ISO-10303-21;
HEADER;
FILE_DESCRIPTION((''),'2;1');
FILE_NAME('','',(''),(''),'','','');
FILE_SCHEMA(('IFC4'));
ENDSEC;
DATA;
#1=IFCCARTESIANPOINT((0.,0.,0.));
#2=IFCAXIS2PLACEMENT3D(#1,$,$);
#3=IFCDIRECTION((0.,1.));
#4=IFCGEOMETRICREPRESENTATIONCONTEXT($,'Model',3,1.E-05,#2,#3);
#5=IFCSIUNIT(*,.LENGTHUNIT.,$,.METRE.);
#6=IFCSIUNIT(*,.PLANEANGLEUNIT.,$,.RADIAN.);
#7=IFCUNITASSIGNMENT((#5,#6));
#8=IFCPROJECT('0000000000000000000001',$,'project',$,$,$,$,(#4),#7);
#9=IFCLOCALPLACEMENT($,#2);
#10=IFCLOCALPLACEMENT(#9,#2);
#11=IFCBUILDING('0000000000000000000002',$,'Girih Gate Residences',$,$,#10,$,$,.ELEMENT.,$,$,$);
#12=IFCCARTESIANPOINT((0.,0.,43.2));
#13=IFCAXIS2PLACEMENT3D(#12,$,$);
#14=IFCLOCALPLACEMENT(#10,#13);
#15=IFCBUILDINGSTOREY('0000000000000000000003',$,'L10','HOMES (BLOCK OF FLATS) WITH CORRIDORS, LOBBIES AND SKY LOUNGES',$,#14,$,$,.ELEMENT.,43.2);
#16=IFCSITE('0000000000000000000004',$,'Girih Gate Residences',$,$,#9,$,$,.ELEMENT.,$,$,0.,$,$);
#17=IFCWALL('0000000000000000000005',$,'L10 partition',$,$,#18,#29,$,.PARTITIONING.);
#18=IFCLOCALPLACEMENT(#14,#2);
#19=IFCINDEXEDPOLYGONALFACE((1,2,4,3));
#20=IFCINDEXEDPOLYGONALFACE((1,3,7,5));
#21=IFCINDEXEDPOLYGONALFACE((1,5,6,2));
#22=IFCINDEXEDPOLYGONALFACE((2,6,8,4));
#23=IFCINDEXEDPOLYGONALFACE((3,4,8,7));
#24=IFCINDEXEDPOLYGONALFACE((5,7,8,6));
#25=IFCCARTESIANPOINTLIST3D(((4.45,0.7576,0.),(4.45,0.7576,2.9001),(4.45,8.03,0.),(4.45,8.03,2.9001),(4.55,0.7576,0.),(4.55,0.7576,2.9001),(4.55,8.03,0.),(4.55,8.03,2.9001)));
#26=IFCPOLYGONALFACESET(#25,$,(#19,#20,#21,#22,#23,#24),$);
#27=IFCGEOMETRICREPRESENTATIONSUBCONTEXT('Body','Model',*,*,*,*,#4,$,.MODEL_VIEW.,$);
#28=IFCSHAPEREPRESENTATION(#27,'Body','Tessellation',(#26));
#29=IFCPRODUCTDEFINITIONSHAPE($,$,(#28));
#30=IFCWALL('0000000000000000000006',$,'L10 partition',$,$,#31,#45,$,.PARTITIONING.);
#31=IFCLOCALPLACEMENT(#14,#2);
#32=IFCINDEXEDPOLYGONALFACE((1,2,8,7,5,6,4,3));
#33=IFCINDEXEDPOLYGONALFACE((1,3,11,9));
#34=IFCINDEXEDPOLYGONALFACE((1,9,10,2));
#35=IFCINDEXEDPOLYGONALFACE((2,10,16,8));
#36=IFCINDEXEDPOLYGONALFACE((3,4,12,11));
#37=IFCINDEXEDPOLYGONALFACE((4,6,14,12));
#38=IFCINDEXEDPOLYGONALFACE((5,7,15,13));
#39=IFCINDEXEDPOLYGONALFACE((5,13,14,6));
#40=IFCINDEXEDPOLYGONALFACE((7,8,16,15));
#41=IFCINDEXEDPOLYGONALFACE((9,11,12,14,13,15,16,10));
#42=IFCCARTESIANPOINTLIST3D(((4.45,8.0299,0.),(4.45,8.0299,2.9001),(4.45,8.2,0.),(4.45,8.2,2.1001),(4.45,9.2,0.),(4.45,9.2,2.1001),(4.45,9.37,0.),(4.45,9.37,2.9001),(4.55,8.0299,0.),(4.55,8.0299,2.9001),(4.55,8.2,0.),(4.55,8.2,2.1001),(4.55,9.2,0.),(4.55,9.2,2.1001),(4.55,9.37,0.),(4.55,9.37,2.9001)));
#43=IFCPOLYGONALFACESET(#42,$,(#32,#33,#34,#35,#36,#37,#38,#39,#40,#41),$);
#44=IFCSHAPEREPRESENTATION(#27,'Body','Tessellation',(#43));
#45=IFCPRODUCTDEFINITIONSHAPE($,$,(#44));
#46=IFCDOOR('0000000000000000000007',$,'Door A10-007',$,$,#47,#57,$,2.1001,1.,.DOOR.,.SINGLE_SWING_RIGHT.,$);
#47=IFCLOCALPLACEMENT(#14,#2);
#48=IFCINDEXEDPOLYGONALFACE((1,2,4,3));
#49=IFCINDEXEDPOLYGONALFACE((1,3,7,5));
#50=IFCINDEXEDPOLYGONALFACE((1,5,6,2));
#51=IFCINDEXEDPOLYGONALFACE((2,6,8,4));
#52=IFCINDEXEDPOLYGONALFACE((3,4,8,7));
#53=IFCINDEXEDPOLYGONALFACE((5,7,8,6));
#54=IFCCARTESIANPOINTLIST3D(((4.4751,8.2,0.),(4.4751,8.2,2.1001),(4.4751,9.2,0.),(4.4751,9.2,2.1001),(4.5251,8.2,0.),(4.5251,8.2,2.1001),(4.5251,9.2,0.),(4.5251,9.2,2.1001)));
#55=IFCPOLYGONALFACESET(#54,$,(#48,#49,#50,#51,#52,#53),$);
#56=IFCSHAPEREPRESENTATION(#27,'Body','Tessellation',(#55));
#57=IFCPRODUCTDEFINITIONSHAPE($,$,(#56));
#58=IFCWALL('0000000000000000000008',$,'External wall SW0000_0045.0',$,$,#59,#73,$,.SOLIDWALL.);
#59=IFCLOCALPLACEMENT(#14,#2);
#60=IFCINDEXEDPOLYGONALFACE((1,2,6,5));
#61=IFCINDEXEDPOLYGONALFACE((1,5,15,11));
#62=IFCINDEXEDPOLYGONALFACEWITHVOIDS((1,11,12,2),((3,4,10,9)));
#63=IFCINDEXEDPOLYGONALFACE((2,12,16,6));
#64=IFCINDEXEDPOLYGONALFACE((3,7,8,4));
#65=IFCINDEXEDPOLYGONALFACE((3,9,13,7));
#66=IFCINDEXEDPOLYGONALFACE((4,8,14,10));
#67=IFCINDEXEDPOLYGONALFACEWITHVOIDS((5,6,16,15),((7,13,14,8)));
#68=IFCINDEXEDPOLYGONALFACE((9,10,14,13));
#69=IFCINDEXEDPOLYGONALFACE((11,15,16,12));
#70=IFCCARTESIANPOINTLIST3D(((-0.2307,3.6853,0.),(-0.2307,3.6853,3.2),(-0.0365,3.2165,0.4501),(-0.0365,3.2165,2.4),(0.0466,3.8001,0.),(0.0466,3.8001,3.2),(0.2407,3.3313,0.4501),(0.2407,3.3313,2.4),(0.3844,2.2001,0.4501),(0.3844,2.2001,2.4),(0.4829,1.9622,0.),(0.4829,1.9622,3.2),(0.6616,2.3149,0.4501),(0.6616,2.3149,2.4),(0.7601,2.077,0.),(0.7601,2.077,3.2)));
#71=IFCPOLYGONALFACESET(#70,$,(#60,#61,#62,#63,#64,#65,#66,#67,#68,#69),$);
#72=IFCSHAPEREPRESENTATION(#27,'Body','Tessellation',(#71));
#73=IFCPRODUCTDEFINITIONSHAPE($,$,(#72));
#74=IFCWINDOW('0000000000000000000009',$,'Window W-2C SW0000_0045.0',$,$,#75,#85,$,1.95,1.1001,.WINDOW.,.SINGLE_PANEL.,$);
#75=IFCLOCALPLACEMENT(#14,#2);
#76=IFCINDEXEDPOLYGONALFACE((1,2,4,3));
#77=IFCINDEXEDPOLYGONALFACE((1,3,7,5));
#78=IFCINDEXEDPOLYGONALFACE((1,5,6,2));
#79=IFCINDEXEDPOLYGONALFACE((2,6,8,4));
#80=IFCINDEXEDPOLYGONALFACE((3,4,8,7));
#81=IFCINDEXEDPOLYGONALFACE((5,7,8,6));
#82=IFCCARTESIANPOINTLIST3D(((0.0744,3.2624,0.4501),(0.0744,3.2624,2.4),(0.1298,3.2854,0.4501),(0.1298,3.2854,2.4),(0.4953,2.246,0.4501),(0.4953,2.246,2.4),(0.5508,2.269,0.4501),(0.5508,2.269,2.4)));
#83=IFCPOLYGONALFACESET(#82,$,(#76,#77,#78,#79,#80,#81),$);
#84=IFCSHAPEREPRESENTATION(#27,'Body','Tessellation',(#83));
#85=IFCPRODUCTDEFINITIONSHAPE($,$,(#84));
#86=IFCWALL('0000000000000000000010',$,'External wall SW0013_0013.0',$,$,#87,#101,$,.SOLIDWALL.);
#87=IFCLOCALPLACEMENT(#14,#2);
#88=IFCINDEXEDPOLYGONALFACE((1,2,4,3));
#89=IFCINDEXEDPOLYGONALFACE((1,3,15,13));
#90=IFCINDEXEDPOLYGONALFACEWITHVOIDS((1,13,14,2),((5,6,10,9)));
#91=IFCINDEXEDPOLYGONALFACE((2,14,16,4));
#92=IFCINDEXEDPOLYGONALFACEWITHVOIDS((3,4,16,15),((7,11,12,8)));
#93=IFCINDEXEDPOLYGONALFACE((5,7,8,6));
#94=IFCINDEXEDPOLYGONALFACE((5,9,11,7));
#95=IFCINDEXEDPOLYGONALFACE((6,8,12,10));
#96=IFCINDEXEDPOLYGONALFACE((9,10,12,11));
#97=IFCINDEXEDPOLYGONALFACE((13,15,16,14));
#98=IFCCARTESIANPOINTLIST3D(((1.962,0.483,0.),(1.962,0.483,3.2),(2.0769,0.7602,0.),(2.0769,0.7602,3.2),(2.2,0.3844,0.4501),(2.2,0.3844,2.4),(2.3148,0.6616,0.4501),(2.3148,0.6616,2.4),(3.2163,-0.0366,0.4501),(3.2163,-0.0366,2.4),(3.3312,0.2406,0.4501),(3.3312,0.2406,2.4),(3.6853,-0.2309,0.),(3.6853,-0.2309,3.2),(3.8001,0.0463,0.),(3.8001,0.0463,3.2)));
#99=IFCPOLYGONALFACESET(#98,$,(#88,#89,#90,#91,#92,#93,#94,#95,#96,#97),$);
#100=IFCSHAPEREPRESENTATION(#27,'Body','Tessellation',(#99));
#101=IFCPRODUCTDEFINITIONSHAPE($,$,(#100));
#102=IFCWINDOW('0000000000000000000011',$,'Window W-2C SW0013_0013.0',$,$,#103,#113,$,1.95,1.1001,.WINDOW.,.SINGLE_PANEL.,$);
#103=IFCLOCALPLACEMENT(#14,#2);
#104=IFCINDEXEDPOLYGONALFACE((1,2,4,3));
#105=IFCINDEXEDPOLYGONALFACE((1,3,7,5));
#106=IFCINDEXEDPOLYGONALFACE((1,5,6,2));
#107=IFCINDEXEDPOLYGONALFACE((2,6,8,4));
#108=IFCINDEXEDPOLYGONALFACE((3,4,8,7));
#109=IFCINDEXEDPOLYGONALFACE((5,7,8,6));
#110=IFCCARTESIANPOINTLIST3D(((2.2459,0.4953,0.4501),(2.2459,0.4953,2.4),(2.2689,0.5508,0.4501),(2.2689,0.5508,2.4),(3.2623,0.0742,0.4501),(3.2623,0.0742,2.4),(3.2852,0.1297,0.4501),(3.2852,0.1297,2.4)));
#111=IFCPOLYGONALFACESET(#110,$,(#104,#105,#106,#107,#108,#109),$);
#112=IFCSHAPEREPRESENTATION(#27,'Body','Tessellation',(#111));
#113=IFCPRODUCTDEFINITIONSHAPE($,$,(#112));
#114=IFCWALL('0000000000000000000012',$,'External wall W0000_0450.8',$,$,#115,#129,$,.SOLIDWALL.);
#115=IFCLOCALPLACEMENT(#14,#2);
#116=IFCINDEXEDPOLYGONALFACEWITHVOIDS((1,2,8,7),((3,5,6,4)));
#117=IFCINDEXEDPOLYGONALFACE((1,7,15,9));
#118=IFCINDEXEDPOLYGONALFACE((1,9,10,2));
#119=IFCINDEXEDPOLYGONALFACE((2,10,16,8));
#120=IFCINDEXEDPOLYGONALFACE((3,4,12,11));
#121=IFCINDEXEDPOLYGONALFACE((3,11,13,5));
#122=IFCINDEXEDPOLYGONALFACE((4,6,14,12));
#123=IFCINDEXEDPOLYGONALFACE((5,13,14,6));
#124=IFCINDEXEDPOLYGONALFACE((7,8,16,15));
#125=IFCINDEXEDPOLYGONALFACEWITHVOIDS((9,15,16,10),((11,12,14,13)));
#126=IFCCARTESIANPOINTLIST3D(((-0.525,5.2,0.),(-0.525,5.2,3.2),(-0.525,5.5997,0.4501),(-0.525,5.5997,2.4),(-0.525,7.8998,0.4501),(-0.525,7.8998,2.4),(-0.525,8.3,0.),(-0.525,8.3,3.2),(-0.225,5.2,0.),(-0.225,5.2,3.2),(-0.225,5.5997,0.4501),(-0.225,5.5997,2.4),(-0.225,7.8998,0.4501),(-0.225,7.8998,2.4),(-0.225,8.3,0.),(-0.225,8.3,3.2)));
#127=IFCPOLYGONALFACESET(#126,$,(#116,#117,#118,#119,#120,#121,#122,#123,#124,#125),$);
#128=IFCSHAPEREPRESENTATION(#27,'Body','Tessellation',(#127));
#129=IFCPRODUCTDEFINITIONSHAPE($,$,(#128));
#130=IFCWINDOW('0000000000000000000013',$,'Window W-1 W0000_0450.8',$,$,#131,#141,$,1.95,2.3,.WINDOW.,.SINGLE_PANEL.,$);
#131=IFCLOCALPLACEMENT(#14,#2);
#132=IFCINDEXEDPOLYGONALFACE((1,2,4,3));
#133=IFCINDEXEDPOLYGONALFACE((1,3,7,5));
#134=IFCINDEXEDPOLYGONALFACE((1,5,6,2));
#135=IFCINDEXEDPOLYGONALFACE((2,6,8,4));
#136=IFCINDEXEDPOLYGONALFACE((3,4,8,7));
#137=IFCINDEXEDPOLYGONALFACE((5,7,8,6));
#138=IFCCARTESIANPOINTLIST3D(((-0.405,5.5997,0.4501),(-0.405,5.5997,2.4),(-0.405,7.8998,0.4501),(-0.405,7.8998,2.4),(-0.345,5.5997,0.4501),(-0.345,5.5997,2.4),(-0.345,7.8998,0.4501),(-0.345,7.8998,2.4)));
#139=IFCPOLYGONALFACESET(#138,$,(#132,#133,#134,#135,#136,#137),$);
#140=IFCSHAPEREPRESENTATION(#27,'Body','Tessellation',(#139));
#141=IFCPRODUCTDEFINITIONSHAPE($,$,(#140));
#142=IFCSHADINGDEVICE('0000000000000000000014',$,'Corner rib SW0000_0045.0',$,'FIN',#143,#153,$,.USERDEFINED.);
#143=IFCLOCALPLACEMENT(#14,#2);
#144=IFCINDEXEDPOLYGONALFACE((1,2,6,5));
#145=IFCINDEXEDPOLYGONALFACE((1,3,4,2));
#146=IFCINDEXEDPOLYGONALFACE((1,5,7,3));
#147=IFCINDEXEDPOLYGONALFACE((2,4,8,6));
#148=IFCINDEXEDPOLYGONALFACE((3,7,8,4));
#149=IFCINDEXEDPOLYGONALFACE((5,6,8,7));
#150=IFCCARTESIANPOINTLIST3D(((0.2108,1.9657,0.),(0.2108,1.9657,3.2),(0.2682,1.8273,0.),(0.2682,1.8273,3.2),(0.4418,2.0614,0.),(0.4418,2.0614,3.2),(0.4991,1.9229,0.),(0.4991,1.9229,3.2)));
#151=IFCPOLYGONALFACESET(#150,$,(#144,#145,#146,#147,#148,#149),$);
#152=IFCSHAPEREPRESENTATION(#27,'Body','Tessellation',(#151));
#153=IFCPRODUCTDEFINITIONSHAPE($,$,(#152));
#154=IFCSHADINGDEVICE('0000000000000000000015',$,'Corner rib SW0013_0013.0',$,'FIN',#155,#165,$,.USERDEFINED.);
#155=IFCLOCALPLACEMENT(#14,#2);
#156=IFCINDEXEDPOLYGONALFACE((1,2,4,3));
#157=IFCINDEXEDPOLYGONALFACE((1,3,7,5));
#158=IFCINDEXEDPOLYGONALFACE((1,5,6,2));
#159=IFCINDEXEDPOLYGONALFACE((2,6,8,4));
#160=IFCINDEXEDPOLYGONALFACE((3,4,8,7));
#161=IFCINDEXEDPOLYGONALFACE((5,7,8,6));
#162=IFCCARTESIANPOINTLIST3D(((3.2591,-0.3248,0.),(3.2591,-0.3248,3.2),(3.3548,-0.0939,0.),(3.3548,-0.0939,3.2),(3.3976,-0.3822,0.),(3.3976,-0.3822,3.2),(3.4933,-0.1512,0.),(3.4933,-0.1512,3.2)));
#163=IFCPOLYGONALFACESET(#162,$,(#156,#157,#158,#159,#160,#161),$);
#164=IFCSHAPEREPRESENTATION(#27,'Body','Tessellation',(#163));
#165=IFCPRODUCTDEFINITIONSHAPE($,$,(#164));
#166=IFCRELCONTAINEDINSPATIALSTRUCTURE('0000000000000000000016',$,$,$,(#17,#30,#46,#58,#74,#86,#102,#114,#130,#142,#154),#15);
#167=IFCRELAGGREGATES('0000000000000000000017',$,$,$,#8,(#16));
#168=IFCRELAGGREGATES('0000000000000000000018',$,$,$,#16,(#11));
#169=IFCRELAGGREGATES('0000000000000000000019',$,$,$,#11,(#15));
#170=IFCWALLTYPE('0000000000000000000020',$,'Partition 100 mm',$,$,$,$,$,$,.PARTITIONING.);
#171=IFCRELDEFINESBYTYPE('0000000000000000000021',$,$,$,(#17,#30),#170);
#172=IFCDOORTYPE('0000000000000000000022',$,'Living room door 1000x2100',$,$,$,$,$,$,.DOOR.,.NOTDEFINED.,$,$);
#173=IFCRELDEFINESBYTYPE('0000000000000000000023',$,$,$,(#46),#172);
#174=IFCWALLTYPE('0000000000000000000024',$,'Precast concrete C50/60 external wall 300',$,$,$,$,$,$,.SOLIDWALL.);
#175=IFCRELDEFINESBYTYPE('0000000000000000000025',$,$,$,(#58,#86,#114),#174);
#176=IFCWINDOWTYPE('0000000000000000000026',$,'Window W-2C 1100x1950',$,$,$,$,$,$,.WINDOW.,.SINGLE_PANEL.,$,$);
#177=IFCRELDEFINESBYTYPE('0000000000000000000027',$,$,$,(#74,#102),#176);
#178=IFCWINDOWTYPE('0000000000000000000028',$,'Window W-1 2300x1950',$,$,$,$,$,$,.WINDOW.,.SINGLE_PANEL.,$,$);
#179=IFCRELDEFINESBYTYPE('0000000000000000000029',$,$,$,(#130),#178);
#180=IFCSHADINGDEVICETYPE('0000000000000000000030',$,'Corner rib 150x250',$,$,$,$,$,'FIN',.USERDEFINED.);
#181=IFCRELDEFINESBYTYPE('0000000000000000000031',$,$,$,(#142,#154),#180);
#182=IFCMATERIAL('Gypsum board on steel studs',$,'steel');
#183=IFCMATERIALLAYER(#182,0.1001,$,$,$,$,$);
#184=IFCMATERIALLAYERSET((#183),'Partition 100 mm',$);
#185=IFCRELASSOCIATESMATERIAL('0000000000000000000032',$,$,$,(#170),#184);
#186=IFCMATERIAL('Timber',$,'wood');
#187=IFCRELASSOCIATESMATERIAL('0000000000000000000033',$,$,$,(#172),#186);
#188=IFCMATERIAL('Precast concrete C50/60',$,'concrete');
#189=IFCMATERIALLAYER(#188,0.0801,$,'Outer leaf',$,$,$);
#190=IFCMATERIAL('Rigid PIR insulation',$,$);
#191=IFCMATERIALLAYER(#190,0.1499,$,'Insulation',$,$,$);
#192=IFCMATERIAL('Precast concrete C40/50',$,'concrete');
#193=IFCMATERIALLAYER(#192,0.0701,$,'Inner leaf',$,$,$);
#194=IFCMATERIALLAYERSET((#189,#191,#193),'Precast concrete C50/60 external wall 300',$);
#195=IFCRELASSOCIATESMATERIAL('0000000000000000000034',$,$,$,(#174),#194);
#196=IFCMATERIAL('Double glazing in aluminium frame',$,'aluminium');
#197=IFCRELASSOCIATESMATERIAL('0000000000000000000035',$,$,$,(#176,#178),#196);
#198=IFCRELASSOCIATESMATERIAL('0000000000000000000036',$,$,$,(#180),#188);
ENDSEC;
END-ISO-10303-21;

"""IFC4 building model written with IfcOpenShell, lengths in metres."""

from ifc_helpers import new_model, si_unit, direction, frame, frame_2d, origin, origin_2d, place, context, subcontext, project, spatial, rectangle, extrude, material, layer, layer_set, type_object, element, fill, save


model = new_model("IFC4")

# Units and contexts
model_context = context("Model", 3, precision=1e-05, world=origin(), true_north=direction((0.0, 1.0)))
body_context = subcontext(model_context, "Body", "Model", "MODEL_VIEW")
ifc_project = project(units=[si_unit("LENGTHUNIT", "METRE"), si_unit("PLANEANGLEUNIT", "RADIAN")], contexts=[model_context])

# Site, building, storey
site_placement = place(None, origin())
site = spatial("IfcSite", under=ifc_project, at=site_placement, Name="Girih Gate Residences", CompositionType="ELEMENT", RefElevation=0.0)
building_placement = place(site_placement, origin())
building = spatial("IfcBuilding", under=site, at=building_placement, Name="Girih Gate Residences", CompositionType="ELEMENT")
storey_placement = place(building_placement, frame((0.0, 0.0, 43.2)))
storey = spatial("IfcBuildingStorey", under=building, at=storey_placement, Name="L10", Description="HOMES (BLOCK OF FLATS) WITH CORRIDORS, LOBBIES AND SKY LOUNGES", CompositionType="ELEMENT", Elevation=43.2)

# Wall
ifc_material_1 = material(Name="Gypsum board on steel studs", Category="steel")
ifc_layer_1 = layer(ifc_material_1, 0.1001)
ifc_layer_set_1 = layer_set([ifc_layer_1], Name="Partition 100 mm")
wall_type_1 = type_object("IfcWallType", Name="Partition 100 mm", PredefinedType="PARTITIONING", material=ifc_layer_set_1)
wall_1_placement = place(storey_placement, frame((4.5, 0.7576, 0.0), z_axis=(0.0, 0.0, 1.0), x_axis=(0.0, 1.0, 0.0)))
element("IfcWall", 1, at=wall_1_placement, inside=storey, type_object=wall_type_1, Name="L10 partition", PredefinedType="PARTITIONING", context=body_context, shape_type="SweptSolid", body=[
    extrude(rectangle(XDim=7.2725, YDim=0.1001, at=frame_2d((3.6362, 0.0))), origin(), (0.0, 0.0, 1.0), 2.9001),
])

# Wall, opening, door
wall_2_placement = place(storey_placement, frame((4.5, 8.03, 0.0), z_axis=(0.0, 0.0, 1.0), x_axis=(0.0, 1.0, 0.0)))
wall_2 = element("IfcWall", 2, at=wall_2_placement, inside=storey, type_object=wall_type_1, Name="L10 partition", PredefinedType="PARTITIONING", context=body_context, shape_type="SweptSolid", body=[
    extrude(rectangle(XDim=1.3401, YDim=0.1001, at=frame_2d((0.6699, 0.0))), origin(), (0.0, 0.0, 1.0), 2.9001),
])
opening_1_placement = place(wall_2_placement, frame((0.1699, 0.0, 0.0)))
opening_1 = element("IfcOpeningElement", 3, at=opening_1_placement, cuts=wall_2, PredefinedType="OPENING", context=body_context, shape_type="SweptSolid", body=[
    extrude(rectangle(XDim=1.0, YDim=2.1001, at=frame_2d((0.5, 1.05))), frame((0.0, 0.0601, 0.0), z_axis=(0.0, -1.0, 0.0), x_axis=(1.0, 0.0, 0.0)), (0.0, 0.0, 1.0), 0.1201),
])
ifc_material_2 = material(Name="Timber", Category="wood")
door_type = type_object("IfcDoorType", Name="Living room door 1000x2100", OperationType="NOTDEFINED", PredefinedType="DOOR", material=ifc_material_2)
door_placement = place(opening_1_placement, origin())
door = element("IfcDoor", 4, at=door_placement, inside=storey, type_object=door_type, Name="Door A10-007", OperationType="SINGLE_SWING_RIGHT", OverallHeight=2.1001, OverallWidth=1.0, PredefinedType="DOOR", context=body_context, shape_type="SweptSolid", body=[
    extrude(rectangle(XDim=1.0, YDim=2.1001, at=frame_2d((0.5, 1.05))), frame((0.0, 0.0249, 0.0), z_axis=(0.0, -1.0, 0.0), x_axis=(1.0, 0.0, 0.0)), (0.0, 0.0, 1.0), 0.05),
])
fill(opening_1, door)

# Walls, openings, windows
ifc_material_3 = material(Name="Precast concrete C50/60", Category="concrete")
ifc_layer_2 = layer(ifc_material_3, 0.0801, Name="Outer leaf")
ifc_material_4 = material(Name="Rigid PIR insulation")
ifc_layer_3 = layer(ifc_material_4, 0.1499, Name="Insulation")
ifc_material_5 = material(Name="Precast concrete C40/50", Category="concrete")
ifc_layer_4 = layer(ifc_material_5, 0.0701, Name="Inner leaf")
ifc_layer_set_2 = layer_set([ifc_layer_2, ifc_layer_3, ifc_layer_4], Name="Precast concrete C50/60 external wall 300")
wall_type_2 = type_object("IfcWallType", Name="Precast concrete C50/60 external wall 300", PredefinedType="SOLIDWALL", material=ifc_layer_set_2)
wall_3_placement = place(storey_placement, frame((0.6216, 2.0195, 0.0), z_axis=(0.0, 0.0, 1.0), x_axis=(-0.382625, 0.923904, 0.0)))
wall_3 = element("IfcWall", 5, at=wall_3_placement, inside=storey, type_object=wall_type_2, Name="External wall SW0000_0045.0", PredefinedType="SOLIDWALL", context=body_context, shape_type="SweptSolid", body=[
    extrude(rectangle(XDim=1.865, YDim=0.3, at=frame_2d((0.9326, 0.0))), origin(), (0.0, 0.0, 1.0), 3.2),
])
opening_2_placement = place(wall_3_placement, frame((0.2576, 0.0, 0.45)))
opening_2 = element("IfcOpeningElement", 6, at=opening_2_placement, cuts=wall_3, PredefinedType="OPENING", context=body_context, shape_type="SweptSolid", body=[
    extrude(rectangle(XDim=1.1001, YDim=1.95, at=frame_2d((0.55, 0.9751))), frame((0.0, 0.1599, 0.0), z_axis=(0.0, -1.0, 0.0), x_axis=(1.0, 0.0, 0.0)), (0.0, 0.0, 1.0), 0.3201),
])
ifc_material_6 = material(Name="Double glazing in aluminium frame", Category="aluminium")
window_type_1 = type_object("IfcWindowType", Name="Window W-2C 1100x1950", PartitioningType="SINGLE_PANEL", PredefinedType="WINDOW", material=ifc_material_6)
window_1_placement = place(opening_2_placement, origin())
window_1 = element("IfcWindow", 7, at=window_1_placement, inside=storey, type_object=window_type_1, Name="Window W-2C SW0000_0045.0", OverallHeight=1.95, OverallWidth=1.1001, PartitioningType="SINGLE_PANEL", PredefinedType="WINDOW", context=body_context, shape_type="SweptSolid", body=[
    extrude(rectangle(XDim=1.1001, YDim=1.95, at=frame_2d((0.55, 0.9751))), frame((0.0, 0.03, 0.0), z_axis=(0.0, -1.0, 0.0), x_axis=(1.0, 0.0, 0.0)), (0.0, 0.0, 1.0), 0.0601),
])
fill(opening_2, window_1)
wall_4_placement = place(storey_placement, frame((3.7427, -0.0923, 0.0), z_axis=(0.0, 0.0, 1.0), x_axis=(-0.923857, 0.382737, 0.0)))
wall_4 = element("IfcWall", 8, at=wall_4_placement, inside=storey, type_object=wall_type_2, Name="External wall SW0013_0013.0", PredefinedType="SOLIDWALL", context=body_context, shape_type="SweptSolid", body=[
    extrude(rectangle(XDim=1.8652, YDim=0.3, at=frame_2d((0.9326, 0.0))), origin(), (0.0, 0.0, 1.0), 3.2),
])
opening_3_placement = place(wall_4_placement, frame((0.5076, 0.0, 0.45)))
opening_3 = element("IfcOpeningElement", 9, at=opening_3_placement, cuts=wall_4, PredefinedType="OPENING", context=body_context, shape_type="SweptSolid", body=[
    extrude(rectangle(XDim=1.1001, YDim=1.95, at=frame_2d((0.55, 0.9751))), frame((0.0, 0.1599, 0.0), z_axis=(0.0, -1.0, 0.0), x_axis=(1.0, 0.0, 0.0)), (0.0, 0.0, 1.0), 0.3201),
])
window_2_placement = place(opening_3_placement, origin())
window_2 = element("IfcWindow", 10, at=window_2_placement, inside=storey, type_object=window_type_1, Name="Window W-2C SW0013_0013.0", OverallHeight=1.95, OverallWidth=1.1001, PartitioningType="SINGLE_PANEL", PredefinedType="WINDOW", context=body_context, shape_type="SweptSolid", body=[
    extrude(rectangle(XDim=1.1001, YDim=1.95, at=frame_2d((0.55, 0.9751))), frame((0.0, 0.03, 0.0), z_axis=(0.0, -1.0, 0.0), x_axis=(1.0, 0.0, 0.0)), (0.0, 0.0, 1.0), 0.0601),
])
fill(opening_3, window_2)
wall_5_placement = place(storey_placement, frame((-0.375, 5.2, 0.0), z_axis=(0.0, 0.0, 1.0), x_axis=(0.0, 1.0, 0.0)))
wall_5 = element("IfcWall", 11, at=wall_5_placement, inside=storey, type_object=wall_type_2, Name="External wall W0000_0450.8", PredefinedType="SOLIDWALL", context=body_context, shape_type="SweptSolid", body=[
    extrude(rectangle(XDim=3.1001, YDim=0.3, at=frame_2d((1.55, 0.0))), origin(), (0.0, 0.0, 1.0), 3.2),
])
opening_4_placement = place(wall_5_placement, frame((0.3999, 0.0, 0.45)))
opening_4 = element("IfcOpeningElement", 12, at=opening_4_placement, cuts=wall_5, PredefinedType="OPENING", context=body_context, shape_type="SweptSolid", body=[
    extrude(rectangle(XDim=2.3, YDim=1.95, at=frame_2d((1.1499, 0.9751))), frame((0.0, 0.1599, 0.0), z_axis=(0.0, -1.0, 0.0), x_axis=(1.0, 0.0, 0.0)), (0.0, 0.0, 1.0), 0.3201),
])
window_type_2 = type_object("IfcWindowType", Name="Window W-1 2300x1950", PartitioningType="SINGLE_PANEL", PredefinedType="WINDOW", material=ifc_material_6)
window_3_placement = place(opening_4_placement, origin())
window_3 = element("IfcWindow", 13, at=window_3_placement, inside=storey, type_object=window_type_2, Name="Window W-1 W0000_0450.8", OverallHeight=1.95, OverallWidth=2.3, PartitioningType="SINGLE_PANEL", PredefinedType="WINDOW", context=body_context, shape_type="SweptSolid", body=[
    extrude(rectangle(XDim=2.3, YDim=1.95, at=frame_2d((1.1499, 0.9751))), frame((0.0, 0.03, 0.0), z_axis=(0.0, -1.0, 0.0), x_axis=(1.0, 0.0, 0.0)), (0.0, 0.0, 1.0), 0.0601),
])
fill(opening_4, window_3)

# Shading devices
shading_device_type = type_object("IfcShadingDeviceType", Name="Corner rib 150x250", ElementType="FIN", PredefinedType="USERDEFINED", material=ifc_material_3)
for number, where, z_axis, x_axis, name in (
    (14, (0.355, 1.9443, 0.0), (0.0, 0.0, 1.0), (0.382683, -0.92388, 0.0), "Corner rib SW0000_0045.0"),
    (15, (3.3762, -0.238, 0.0), (0.0, 0.0, 1.0), (0.92388, -0.382683, 0.0), "Corner rib SW0013_0013.0"),
):
    element("IfcShadingDevice", number, at=place(storey_placement, frame(where, z_axis=z_axis, x_axis=x_axis)), inside=storey, type_object=shading_device_type, Name=name, ObjectType="FIN", PredefinedType="USERDEFINED", context=body_context, shape_type="SweptSolid", body=[
        extrude(rectangle(XDim=0.1499, YDim=0.25, at=origin_2d()), origin(), (0.0, 0.0, 1.0), 3.2),
    ])

save(model, "model.ifc")
